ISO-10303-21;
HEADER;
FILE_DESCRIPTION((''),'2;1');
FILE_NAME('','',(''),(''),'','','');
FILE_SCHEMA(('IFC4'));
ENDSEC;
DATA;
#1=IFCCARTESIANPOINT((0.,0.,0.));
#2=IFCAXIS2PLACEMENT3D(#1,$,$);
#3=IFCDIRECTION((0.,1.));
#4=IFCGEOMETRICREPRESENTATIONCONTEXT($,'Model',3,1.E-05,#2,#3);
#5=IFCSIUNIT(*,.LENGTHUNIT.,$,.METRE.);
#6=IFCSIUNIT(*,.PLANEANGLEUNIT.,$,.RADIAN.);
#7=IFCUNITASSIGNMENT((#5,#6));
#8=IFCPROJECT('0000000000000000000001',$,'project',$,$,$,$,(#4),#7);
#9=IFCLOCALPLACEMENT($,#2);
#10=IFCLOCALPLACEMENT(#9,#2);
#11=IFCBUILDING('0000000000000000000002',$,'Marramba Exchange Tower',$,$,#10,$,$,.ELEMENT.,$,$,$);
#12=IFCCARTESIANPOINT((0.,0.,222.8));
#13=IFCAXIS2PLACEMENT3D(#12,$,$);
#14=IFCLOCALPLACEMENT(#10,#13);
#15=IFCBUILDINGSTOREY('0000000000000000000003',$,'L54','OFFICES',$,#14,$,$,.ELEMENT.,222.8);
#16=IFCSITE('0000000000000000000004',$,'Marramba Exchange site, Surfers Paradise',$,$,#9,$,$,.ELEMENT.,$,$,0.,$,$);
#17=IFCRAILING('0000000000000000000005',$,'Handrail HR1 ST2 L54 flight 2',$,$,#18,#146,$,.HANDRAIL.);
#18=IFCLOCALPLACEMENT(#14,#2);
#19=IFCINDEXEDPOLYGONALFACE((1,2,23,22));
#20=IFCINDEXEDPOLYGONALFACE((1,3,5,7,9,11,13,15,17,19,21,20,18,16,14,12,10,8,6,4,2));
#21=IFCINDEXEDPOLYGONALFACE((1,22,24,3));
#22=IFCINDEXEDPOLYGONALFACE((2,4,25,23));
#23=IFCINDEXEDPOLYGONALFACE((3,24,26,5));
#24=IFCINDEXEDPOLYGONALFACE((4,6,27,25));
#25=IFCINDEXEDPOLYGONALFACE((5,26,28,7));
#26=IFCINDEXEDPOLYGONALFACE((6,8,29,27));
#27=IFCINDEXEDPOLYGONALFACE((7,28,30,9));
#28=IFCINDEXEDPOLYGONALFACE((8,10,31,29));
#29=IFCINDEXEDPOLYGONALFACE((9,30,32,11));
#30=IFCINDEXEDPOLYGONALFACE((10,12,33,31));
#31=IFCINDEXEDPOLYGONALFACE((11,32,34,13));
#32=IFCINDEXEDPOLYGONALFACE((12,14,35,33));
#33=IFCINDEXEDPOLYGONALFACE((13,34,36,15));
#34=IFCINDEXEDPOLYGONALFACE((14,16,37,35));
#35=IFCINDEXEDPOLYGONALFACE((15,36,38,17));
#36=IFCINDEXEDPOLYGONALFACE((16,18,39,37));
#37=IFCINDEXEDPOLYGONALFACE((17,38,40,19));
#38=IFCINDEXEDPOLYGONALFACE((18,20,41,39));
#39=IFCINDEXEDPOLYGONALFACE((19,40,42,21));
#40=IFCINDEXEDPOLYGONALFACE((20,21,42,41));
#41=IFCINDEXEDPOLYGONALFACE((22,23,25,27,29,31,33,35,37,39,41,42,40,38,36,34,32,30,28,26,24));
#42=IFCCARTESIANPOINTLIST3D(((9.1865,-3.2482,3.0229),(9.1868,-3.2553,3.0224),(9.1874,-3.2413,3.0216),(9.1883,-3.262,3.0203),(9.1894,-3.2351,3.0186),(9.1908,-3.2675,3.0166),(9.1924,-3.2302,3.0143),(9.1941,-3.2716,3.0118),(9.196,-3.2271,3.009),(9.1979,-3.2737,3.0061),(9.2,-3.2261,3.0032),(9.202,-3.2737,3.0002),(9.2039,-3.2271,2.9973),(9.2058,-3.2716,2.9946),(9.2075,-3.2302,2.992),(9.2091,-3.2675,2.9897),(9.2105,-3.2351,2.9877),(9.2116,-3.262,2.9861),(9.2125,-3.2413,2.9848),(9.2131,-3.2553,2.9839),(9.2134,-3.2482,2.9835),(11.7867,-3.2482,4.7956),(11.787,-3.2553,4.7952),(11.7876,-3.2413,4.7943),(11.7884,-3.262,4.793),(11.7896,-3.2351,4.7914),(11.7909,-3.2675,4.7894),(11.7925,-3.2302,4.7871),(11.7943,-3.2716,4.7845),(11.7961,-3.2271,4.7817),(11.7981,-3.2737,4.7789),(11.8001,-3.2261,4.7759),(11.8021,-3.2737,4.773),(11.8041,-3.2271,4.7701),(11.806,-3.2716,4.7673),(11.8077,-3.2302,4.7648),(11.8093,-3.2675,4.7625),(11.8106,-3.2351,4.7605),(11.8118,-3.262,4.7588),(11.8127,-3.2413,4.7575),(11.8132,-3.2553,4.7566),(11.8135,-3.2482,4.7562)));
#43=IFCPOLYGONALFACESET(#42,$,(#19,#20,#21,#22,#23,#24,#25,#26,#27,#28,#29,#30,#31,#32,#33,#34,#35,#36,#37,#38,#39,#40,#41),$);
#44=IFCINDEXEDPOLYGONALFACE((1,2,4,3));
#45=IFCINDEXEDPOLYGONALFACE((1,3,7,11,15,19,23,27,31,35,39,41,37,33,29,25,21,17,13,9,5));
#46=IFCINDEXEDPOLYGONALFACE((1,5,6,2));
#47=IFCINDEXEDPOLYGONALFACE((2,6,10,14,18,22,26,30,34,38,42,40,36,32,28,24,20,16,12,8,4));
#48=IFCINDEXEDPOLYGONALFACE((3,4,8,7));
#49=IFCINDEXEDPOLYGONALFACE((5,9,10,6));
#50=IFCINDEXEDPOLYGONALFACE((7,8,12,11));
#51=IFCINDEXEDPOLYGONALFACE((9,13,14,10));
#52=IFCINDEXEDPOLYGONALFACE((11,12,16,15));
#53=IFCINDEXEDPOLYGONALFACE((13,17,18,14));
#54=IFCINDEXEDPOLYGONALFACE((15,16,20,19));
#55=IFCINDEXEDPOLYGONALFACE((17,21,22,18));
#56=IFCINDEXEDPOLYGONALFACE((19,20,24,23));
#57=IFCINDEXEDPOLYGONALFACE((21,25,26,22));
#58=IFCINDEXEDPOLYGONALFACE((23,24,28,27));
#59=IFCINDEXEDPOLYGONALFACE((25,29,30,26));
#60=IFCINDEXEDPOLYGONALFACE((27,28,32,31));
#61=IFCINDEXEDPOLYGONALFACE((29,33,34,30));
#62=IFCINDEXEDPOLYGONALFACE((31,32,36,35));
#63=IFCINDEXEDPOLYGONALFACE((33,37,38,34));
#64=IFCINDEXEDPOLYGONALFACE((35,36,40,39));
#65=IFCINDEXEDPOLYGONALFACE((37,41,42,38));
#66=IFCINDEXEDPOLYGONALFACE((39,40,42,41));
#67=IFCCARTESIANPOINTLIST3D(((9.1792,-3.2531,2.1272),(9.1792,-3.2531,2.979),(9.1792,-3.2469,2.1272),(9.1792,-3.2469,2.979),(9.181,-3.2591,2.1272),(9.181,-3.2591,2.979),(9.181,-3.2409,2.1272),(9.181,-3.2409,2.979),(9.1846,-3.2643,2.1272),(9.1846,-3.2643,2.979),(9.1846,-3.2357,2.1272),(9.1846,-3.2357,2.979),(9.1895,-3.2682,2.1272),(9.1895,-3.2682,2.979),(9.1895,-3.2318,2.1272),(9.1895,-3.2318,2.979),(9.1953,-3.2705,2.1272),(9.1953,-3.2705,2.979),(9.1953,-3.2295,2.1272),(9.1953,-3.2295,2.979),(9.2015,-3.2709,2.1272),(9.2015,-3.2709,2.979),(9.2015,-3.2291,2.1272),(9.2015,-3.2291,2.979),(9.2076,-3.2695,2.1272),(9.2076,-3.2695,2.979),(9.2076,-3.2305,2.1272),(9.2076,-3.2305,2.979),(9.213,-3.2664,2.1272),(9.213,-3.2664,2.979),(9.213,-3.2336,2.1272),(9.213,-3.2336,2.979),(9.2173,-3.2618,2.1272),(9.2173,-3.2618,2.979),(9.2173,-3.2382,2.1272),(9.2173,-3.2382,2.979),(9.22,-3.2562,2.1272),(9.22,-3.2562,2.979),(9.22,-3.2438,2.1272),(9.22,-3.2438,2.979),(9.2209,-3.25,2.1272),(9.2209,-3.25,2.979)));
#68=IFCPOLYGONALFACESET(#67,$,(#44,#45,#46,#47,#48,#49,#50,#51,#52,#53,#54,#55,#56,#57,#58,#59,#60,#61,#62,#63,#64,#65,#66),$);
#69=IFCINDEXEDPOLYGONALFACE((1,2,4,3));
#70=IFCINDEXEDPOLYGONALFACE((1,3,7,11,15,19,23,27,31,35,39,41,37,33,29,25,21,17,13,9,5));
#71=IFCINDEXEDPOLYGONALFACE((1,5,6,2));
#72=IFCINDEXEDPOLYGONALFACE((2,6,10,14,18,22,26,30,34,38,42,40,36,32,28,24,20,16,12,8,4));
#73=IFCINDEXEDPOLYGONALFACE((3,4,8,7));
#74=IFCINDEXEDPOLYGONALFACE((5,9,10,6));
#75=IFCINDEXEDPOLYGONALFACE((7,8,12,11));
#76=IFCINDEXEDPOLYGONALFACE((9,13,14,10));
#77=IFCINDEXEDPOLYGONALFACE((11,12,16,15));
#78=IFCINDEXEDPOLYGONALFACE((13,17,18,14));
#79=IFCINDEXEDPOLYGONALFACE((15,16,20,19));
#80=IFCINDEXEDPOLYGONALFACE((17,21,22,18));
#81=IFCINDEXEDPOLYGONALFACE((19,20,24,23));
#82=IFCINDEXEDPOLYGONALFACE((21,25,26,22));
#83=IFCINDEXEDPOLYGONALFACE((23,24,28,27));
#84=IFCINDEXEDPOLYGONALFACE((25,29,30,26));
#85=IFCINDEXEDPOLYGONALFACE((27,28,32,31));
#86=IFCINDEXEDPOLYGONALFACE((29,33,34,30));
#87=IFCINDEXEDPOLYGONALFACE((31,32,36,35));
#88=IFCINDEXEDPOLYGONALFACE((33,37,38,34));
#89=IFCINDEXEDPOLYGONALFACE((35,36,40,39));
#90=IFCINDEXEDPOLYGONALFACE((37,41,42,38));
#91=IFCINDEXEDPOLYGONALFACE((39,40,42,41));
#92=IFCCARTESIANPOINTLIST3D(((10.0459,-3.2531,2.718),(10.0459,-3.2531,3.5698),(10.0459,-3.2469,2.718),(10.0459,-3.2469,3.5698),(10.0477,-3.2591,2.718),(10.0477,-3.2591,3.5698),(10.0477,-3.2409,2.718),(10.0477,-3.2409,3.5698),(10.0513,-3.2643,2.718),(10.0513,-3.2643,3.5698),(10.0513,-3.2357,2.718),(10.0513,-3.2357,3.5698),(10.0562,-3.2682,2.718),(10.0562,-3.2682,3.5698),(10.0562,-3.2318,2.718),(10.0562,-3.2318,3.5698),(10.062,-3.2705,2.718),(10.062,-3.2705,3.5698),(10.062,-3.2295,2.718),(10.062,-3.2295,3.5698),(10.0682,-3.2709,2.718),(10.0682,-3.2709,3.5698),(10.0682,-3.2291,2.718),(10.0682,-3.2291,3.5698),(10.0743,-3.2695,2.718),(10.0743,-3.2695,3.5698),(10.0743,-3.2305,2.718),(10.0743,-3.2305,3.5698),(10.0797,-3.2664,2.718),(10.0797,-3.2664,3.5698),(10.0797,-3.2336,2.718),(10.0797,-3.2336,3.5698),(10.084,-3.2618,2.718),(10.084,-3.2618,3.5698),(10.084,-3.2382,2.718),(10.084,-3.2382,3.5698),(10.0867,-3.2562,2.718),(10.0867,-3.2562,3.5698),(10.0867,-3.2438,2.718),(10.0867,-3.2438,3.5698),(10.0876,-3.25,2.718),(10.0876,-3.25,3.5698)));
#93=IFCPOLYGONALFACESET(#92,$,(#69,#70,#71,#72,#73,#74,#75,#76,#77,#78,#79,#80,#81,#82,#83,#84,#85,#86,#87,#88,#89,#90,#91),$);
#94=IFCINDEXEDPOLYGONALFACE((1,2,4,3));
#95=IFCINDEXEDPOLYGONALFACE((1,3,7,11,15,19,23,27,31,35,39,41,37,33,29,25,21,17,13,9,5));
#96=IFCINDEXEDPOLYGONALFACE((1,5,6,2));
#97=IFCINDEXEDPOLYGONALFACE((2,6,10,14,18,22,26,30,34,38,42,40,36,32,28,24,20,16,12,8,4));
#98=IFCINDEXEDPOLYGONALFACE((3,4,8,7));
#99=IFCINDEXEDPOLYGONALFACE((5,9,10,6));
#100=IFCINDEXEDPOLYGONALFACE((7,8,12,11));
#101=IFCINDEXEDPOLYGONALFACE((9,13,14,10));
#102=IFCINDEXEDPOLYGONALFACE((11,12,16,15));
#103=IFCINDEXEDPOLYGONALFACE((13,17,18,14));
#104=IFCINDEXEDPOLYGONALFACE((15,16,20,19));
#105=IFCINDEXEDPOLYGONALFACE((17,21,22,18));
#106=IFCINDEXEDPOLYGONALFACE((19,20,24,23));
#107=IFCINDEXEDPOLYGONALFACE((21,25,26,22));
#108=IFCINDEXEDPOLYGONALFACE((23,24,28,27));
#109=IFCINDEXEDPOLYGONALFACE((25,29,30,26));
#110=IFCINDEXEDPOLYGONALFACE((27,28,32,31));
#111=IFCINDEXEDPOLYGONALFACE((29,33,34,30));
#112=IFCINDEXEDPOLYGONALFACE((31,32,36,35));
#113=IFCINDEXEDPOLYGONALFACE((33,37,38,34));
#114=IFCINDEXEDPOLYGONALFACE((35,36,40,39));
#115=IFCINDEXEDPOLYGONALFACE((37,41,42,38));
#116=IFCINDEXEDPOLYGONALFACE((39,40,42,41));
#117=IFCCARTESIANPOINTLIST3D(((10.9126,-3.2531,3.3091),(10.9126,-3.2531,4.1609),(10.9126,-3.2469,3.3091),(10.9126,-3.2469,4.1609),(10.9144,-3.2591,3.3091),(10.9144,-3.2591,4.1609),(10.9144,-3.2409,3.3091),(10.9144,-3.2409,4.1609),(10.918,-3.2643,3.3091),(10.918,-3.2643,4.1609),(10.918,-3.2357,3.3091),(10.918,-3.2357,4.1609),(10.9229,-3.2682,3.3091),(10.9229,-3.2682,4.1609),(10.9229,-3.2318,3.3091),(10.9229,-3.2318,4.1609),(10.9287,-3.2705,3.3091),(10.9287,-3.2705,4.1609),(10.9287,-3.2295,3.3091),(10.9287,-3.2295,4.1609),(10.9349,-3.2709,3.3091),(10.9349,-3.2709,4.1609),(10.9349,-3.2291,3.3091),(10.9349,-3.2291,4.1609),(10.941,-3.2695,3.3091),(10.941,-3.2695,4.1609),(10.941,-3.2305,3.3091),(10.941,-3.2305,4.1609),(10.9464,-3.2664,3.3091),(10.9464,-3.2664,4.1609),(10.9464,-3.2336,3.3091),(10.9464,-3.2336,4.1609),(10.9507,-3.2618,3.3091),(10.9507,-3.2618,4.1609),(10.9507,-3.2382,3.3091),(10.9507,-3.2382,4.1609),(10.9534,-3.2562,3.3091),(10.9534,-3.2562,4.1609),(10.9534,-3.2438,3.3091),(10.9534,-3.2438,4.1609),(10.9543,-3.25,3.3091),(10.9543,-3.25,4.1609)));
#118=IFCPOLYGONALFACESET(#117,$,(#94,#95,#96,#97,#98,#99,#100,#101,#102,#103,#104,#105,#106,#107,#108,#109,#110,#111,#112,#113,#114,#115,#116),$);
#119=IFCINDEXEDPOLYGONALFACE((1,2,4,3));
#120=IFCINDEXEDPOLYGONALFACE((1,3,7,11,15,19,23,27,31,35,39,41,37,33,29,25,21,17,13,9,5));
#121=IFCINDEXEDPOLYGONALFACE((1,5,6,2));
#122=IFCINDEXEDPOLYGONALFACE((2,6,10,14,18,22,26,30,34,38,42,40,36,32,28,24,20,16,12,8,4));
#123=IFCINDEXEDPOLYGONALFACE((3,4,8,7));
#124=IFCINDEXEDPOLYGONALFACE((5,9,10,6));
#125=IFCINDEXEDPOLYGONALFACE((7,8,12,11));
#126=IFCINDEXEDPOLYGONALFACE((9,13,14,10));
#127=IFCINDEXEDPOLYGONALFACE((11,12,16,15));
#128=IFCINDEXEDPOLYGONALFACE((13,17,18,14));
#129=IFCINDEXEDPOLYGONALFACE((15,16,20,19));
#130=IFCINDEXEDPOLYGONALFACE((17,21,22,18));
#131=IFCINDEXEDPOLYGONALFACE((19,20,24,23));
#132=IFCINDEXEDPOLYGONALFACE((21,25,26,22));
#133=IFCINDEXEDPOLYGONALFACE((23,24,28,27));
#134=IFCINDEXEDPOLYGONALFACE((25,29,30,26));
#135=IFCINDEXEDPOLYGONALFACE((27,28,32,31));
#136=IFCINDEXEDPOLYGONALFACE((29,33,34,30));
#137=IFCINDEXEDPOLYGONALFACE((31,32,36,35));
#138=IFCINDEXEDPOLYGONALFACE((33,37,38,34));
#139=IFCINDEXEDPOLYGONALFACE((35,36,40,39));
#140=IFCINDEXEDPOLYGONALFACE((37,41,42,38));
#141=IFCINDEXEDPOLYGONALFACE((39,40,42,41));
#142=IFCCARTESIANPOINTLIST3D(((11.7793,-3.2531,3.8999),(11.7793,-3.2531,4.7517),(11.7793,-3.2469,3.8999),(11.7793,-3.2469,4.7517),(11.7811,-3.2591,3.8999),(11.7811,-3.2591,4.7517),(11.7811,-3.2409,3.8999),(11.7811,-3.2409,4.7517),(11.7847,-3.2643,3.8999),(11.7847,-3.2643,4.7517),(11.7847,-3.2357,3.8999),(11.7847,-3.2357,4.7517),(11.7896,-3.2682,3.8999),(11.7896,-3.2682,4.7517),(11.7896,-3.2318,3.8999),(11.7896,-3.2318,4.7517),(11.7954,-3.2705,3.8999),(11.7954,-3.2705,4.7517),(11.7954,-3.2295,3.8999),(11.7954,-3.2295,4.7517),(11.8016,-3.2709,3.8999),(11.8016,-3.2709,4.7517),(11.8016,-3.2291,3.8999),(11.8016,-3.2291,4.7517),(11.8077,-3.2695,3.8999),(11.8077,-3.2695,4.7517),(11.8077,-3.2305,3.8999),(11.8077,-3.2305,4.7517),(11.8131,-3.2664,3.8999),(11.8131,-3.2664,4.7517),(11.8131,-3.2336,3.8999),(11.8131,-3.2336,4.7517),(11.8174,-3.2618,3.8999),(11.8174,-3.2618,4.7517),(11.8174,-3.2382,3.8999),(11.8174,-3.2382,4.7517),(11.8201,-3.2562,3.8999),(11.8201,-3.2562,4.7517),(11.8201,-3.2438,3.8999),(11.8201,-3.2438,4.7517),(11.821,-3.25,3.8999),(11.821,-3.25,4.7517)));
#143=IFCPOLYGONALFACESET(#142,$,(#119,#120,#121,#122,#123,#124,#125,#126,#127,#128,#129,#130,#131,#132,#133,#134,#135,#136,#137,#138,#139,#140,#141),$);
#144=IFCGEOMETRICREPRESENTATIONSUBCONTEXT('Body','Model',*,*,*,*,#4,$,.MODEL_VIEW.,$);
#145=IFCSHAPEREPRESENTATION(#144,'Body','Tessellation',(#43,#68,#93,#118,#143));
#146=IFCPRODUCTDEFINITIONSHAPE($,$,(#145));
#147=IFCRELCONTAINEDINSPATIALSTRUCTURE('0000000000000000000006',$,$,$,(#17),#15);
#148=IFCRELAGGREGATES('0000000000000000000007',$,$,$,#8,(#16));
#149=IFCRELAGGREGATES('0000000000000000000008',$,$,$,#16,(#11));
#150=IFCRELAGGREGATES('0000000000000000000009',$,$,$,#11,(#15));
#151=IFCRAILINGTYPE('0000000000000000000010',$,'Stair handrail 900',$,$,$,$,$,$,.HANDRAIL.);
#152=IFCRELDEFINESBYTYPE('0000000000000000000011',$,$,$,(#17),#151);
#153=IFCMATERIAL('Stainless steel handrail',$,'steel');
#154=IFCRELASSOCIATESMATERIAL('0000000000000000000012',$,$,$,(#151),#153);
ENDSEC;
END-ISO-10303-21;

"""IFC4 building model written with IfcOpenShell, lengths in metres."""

from ifc_helpers import new_model, si_unit, direction, frame, origin, origin_2d, place, context, subcontext, project, spatial, circle, extrude, material, type_object, element, save


model = new_model("IFC4")

# Units and contexts
model_context = context("Model", 3, precision=1e-05, world=origin(), true_north=direction((0.0, 1.0)))
body_context = subcontext(model_context, "Body", "Model", "MODEL_VIEW")
ifc_project = project(units=[si_unit("LENGTHUNIT", "METRE"), si_unit("PLANEANGLEUNIT", "RADIAN")], contexts=[model_context])

# Site, building, storey
site_placement = place(None, origin())
site = spatial("IfcSite", under=ifc_project, at=site_placement, Name="Marramba Exchange site, Surfers Paradise", CompositionType="ELEMENT", RefElevation=0.0)
building_placement = place(site_placement, origin())
building = spatial("IfcBuilding", under=site, at=building_placement, Name="Marramba Exchange Tower", CompositionType="ELEMENT")
storey_placement = place(building_placement, frame((0.0, 0.0, 222.8)))
storey = spatial("IfcBuildingStorey", under=building, at=storey_placement, Name="L54", Description="OFFICES", CompositionType="ELEMENT", Elevation=222.8)

# Railing
ifc_material_1 = material(Name="Stainless steel handrail", Category="steel")
railing_type = type_object("IfcRailingType", Name="Stair handrail 900", PredefinedType="HANDRAIL", material=ifc_material_1)
railing_placement = place(storey_placement, frame((9.2, -3.25, 2.1272)))
element("IfcRailing", 1, at=railing_placement, inside=storey, type_object=railing_type, Name="Handrail HR1 ST2 L54 flight 2", PredefinedType="HANDRAIL", context=body_context, shape_type="SweptSolid", body=[
    extrude(circle(Radius=0.0239, at=origin_2d()), frame((0.0, 0.0, 0.876), z_axis=(0.82624, 0.0, 0.563318), x_axis=(0.0, 1.0, 0.0)), (0.0, 0.0, 1.0), 3.147),
    extrude(circle(Radius=0.021, at=origin_2d()), origin(), (0.0, 0.0, 1.0), 0.8518),
    extrude(circle(Radius=0.021, at=origin_2d()), frame((0.8667, 0.0, 0.5908)), (0.0, 0.0, 1.0), 0.8518),
    extrude(circle(Radius=0.021, at=origin_2d()), frame((1.7334, 0.0, 1.1819)), (0.0, 0.0, 1.0), 0.8518),
    extrude(circle(Radius=0.021, at=origin_2d()), frame((2.6001, 0.0, 1.7727)), (0.0, 0.0, 1.0), 0.8518),
])

save(model, "model.ifc")
